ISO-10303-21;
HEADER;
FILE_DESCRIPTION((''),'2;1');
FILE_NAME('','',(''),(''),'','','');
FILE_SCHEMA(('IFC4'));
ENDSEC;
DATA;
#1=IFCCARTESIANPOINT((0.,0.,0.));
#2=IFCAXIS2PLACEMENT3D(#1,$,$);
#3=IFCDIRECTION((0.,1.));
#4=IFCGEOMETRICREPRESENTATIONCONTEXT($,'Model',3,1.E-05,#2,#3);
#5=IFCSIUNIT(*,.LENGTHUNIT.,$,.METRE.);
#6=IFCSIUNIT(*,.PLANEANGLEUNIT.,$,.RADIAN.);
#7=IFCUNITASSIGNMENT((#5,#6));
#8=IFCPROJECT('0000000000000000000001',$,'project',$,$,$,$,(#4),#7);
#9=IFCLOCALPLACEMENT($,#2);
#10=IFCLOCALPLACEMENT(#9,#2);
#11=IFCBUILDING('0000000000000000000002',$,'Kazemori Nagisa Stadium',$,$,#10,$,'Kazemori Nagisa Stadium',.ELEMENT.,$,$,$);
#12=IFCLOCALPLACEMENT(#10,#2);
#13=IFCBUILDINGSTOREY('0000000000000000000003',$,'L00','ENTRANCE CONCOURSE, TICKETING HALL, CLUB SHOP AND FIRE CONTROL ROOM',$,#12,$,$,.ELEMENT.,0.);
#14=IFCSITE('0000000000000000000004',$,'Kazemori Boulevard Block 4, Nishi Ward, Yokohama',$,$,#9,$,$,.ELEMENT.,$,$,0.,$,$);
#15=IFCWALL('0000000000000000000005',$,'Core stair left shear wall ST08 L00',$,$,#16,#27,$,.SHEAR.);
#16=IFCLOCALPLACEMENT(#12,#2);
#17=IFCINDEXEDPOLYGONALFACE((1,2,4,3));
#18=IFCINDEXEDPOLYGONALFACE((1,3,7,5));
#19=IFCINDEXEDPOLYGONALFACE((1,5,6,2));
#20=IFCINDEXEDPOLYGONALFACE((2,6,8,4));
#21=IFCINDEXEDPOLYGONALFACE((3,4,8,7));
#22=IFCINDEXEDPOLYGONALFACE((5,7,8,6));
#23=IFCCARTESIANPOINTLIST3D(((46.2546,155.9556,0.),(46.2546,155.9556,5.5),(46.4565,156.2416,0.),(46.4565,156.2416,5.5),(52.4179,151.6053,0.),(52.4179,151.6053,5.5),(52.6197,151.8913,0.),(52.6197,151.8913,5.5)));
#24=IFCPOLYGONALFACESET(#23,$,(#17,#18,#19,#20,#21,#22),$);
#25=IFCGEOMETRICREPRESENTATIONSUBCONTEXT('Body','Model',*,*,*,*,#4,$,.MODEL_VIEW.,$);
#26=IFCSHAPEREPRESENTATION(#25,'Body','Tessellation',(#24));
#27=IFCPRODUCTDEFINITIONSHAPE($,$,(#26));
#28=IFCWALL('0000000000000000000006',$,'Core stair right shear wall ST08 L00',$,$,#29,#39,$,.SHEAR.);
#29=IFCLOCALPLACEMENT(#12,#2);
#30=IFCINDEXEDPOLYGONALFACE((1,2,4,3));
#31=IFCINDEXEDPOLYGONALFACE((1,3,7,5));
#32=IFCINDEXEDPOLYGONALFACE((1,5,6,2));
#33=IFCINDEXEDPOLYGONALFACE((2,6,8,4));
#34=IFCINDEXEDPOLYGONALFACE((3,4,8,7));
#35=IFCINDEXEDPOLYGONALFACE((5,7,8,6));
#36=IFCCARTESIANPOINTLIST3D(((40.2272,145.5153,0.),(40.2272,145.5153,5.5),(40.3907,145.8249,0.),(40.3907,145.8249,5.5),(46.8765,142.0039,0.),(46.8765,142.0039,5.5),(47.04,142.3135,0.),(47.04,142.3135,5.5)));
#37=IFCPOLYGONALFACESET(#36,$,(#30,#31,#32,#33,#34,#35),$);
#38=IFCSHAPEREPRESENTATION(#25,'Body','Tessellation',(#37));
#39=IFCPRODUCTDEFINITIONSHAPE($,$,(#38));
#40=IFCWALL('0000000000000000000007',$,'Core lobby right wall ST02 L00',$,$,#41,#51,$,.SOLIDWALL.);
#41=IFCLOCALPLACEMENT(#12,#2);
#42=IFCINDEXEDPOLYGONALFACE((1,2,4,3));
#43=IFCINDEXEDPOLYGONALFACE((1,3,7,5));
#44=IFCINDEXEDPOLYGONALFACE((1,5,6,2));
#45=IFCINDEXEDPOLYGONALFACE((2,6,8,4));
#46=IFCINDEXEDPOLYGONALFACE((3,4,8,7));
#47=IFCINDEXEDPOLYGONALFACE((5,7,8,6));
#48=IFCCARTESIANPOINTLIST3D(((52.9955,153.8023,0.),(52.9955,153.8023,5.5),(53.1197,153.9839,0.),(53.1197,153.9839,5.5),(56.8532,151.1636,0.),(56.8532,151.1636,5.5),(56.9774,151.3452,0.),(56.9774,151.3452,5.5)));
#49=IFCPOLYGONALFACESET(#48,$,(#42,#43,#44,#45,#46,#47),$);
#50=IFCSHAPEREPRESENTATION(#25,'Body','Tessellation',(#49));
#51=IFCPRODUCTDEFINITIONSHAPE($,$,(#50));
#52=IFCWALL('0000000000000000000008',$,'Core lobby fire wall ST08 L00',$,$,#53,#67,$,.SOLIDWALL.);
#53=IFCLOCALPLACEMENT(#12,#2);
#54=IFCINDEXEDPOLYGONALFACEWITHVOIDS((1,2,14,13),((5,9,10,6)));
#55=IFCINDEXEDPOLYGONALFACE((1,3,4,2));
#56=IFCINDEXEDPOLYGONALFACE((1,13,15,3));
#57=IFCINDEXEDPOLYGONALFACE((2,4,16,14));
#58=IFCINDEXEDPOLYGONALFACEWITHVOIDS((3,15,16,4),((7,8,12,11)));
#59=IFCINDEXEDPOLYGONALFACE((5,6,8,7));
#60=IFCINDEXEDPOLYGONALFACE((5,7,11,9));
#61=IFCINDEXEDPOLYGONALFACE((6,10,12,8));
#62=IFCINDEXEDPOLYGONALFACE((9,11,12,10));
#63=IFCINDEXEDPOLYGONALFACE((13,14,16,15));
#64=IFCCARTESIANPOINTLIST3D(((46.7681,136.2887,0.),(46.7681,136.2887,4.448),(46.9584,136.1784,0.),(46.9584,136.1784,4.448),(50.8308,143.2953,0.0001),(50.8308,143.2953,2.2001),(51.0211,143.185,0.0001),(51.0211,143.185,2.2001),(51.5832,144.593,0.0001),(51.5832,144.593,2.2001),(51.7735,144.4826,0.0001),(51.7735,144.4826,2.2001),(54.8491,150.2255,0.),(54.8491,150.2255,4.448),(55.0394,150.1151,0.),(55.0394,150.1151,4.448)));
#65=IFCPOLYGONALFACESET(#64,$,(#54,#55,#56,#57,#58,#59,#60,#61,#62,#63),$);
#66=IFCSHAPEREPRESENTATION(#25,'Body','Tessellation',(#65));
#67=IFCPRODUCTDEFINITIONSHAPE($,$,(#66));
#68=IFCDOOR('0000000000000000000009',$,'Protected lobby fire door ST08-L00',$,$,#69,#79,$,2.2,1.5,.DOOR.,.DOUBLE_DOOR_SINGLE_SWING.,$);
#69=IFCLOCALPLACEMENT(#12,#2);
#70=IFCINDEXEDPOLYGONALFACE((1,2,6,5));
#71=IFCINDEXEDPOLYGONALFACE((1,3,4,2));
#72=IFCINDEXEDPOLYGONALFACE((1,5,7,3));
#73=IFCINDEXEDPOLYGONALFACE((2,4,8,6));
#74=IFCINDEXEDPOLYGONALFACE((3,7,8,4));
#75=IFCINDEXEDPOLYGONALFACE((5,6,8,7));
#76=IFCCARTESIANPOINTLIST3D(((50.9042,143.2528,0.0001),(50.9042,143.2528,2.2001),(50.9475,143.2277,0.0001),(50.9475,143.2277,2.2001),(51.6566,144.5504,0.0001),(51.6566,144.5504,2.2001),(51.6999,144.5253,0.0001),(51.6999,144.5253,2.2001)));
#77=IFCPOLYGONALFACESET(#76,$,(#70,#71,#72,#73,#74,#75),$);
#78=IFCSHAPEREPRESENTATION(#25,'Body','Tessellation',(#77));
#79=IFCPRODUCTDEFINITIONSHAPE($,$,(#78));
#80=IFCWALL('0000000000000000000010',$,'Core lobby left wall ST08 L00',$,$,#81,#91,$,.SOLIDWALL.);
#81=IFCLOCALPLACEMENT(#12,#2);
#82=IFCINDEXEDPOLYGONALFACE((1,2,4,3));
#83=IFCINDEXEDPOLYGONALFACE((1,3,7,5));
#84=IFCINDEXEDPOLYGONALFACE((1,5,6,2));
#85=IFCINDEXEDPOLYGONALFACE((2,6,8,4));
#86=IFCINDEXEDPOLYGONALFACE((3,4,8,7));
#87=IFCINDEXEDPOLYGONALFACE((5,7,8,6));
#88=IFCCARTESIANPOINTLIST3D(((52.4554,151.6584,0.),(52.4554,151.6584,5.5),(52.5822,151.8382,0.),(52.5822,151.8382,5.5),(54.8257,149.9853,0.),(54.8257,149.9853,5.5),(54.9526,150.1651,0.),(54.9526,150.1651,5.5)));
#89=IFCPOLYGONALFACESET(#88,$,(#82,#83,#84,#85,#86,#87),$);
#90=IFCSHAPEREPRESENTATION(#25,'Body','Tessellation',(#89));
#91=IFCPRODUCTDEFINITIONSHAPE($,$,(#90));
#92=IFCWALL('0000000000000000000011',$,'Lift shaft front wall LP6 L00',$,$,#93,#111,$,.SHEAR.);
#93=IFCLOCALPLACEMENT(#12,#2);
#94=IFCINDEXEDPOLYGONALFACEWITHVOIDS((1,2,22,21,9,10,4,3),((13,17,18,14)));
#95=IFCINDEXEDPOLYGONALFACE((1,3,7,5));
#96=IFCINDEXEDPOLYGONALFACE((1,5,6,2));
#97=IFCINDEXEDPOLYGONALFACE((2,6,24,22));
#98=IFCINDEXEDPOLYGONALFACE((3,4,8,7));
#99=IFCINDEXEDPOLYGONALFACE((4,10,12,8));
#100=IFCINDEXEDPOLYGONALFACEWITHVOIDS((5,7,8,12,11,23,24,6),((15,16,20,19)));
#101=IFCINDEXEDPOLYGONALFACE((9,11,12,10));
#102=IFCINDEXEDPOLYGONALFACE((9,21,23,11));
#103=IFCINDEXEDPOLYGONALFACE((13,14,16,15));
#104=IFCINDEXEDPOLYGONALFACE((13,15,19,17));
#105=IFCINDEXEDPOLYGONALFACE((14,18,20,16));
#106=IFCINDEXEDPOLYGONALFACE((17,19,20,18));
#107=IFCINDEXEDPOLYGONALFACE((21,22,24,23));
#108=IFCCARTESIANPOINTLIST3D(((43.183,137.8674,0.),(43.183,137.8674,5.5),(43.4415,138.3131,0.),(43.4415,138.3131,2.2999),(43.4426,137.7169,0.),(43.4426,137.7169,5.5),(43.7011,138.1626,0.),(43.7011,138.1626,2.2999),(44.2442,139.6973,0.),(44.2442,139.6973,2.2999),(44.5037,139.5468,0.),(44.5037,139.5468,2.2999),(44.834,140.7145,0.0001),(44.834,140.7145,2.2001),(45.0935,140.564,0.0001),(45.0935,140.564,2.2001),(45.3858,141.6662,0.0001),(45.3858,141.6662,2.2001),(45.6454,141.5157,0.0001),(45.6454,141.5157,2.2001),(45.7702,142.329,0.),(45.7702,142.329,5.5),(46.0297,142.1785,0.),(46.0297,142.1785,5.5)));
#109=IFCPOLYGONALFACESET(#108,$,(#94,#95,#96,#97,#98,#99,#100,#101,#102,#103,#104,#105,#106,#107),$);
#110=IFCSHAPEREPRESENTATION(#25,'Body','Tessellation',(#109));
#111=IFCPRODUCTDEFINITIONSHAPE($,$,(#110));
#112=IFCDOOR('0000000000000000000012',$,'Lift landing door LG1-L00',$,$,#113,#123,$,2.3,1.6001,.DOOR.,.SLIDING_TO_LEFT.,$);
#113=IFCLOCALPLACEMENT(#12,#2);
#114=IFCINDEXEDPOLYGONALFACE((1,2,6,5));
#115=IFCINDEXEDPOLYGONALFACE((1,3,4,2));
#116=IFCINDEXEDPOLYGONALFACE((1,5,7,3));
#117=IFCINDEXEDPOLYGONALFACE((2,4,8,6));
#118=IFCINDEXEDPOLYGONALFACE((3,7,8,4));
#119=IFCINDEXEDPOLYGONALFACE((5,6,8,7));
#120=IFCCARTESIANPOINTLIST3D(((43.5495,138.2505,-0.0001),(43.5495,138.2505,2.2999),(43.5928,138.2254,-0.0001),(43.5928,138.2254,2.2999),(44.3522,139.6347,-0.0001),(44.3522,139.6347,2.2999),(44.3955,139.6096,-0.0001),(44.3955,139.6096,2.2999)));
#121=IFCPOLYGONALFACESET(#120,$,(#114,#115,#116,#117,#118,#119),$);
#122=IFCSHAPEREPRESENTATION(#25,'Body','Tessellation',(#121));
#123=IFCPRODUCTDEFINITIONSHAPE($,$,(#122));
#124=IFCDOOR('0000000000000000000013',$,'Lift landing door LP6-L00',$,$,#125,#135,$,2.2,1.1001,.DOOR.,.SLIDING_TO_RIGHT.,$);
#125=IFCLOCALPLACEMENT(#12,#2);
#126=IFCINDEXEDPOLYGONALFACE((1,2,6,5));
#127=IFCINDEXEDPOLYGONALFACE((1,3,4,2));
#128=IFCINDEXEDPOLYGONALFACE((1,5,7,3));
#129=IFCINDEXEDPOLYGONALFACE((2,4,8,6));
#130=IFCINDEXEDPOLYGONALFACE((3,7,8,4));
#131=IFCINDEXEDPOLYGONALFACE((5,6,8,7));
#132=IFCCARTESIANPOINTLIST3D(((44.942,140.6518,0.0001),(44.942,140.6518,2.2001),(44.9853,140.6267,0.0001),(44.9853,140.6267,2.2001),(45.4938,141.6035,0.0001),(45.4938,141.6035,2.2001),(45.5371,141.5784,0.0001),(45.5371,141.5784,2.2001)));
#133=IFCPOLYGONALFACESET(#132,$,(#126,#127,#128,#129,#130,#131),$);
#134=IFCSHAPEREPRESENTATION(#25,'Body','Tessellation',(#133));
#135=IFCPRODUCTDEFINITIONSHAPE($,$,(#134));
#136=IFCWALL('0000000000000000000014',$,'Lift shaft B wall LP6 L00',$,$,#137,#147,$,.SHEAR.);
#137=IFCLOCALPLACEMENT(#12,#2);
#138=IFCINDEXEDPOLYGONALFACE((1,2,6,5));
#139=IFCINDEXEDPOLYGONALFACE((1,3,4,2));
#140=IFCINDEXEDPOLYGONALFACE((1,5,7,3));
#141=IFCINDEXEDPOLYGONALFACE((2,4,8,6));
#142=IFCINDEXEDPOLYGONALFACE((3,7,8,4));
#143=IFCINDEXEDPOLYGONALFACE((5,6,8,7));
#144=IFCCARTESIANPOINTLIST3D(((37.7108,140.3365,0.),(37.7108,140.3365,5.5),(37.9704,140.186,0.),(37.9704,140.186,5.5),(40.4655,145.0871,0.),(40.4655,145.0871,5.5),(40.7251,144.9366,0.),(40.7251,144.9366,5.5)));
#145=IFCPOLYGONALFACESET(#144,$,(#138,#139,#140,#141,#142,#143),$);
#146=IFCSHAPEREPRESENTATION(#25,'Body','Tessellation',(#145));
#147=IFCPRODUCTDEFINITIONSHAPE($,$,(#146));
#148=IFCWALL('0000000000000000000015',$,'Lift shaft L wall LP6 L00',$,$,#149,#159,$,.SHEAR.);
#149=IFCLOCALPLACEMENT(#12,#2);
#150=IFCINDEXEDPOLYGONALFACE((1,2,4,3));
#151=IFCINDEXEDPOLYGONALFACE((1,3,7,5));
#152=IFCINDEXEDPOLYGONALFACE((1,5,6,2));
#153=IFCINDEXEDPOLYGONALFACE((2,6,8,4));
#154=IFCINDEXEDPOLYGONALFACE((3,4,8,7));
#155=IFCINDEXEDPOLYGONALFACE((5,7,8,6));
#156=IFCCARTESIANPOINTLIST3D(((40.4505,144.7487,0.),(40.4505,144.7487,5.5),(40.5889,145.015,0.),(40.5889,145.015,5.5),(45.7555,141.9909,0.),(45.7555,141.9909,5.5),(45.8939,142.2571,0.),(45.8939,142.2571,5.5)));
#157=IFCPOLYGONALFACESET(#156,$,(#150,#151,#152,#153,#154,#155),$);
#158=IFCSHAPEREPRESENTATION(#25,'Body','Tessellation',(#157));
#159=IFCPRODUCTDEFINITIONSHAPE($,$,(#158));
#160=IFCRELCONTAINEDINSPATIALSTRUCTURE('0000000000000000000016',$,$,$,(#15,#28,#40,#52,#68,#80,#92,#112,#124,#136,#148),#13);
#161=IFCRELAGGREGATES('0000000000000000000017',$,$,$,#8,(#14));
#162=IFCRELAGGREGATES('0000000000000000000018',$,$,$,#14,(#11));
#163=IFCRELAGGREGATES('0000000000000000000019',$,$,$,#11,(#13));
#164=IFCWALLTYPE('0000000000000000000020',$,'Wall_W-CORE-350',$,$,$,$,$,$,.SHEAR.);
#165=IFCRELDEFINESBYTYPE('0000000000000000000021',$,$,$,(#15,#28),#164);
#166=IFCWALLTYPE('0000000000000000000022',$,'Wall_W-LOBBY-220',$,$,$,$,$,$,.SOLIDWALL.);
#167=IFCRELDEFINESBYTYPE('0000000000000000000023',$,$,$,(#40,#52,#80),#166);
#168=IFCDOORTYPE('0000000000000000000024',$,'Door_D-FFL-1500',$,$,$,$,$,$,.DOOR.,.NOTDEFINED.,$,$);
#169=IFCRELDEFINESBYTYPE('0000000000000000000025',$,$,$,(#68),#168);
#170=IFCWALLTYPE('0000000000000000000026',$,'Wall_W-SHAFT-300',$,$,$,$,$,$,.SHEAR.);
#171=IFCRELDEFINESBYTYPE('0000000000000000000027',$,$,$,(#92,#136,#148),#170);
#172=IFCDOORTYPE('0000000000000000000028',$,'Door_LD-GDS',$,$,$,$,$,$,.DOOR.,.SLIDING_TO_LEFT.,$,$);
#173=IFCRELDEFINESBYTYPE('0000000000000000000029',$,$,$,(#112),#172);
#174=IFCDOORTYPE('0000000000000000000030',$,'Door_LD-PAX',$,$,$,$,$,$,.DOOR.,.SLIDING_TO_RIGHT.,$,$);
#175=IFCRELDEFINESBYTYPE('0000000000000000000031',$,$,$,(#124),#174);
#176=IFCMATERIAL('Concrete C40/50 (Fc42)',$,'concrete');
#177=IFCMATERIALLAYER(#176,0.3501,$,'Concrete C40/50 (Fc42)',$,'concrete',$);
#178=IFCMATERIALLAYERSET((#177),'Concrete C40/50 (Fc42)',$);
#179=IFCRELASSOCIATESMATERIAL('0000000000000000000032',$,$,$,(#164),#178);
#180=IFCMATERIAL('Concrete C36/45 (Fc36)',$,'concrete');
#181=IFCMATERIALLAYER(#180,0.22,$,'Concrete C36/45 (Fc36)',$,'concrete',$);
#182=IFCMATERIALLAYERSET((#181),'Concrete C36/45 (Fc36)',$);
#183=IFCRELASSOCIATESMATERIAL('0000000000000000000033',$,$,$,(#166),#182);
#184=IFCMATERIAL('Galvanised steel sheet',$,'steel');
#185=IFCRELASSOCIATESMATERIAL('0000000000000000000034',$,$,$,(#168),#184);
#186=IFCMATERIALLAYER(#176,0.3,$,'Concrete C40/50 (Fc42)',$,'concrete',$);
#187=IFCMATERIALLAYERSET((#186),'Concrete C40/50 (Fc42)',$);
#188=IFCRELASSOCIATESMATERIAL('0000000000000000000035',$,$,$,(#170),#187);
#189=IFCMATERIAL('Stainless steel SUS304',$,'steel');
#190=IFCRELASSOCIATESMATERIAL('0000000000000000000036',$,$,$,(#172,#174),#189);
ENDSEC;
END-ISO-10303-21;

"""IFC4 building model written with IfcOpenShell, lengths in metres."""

from ifc_helpers import new_model, si_unit, direction, frame, frame_2d, origin, place, context, subcontext, project, spatial, rectangle, extrude, material, layer, layer_set, type_object, element, fill, save


model = new_model("IFC4")

# Units and contexts
model_context = context("Model", 3, precision=1e-05, world=origin(), true_north=direction((0.0, 1.0)))
body_context = subcontext(model_context, "Body", "Model", "MODEL_VIEW")
ifc_project = project(units=[si_unit("LENGTHUNIT", "METRE"), si_unit("PLANEANGLEUNIT", "RADIAN")], contexts=[model_context])

# Site, building, storey
site_placement = place(None, origin())
site = spatial("IfcSite", under=ifc_project, at=site_placement, Name="Kazemori Boulevard Block 4, Nishi Ward, Yokohama", CompositionType="ELEMENT", RefElevation=0.0)
building_placement = place(site_placement, origin())
building = spatial("IfcBuilding", under=site, at=building_placement, Name="Kazemori Nagisa Stadium", LongName="Kazemori Nagisa Stadium", CompositionType="ELEMENT")
storey_placement = place(building_placement, origin())
storey = spatial("IfcBuildingStorey", under=building, at=storey_placement, Name="L00", Description="ENTRANCE CONCOURSE, TICKETING HALL, CLUB SHOP AND FIRE CONTROL ROOM", CompositionType="ELEMENT", Elevation=0.0)

# Shared definitions
ifc_material_1 = material(Name="Concrete C40/50 (Fc42)", Category="concrete")

# Shared definitions
ifc_layer_1 = layer(ifc_material_1, 0.3501, Name="Concrete C40/50 (Fc42)", Category="concrete")
ifc_layer_set_1 = layer_set([ifc_layer_1], Name="Concrete C40/50 (Fc42)")
wall_type_1 = type_object("IfcWallType", Name="Wall_W-CORE-350", PredefinedType="SHEAR", material=ifc_layer_set_1)
ifc_material_2 = material(Name="Galvanised steel sheet", Category="steel")

# Walls
wall_1_placement = place(storey_placement, frame((52.5188, 151.7483, 0.0), z_axis=(0.0, 0.0, 1.0), x_axis=(-0.816983, 0.576662, 0.0)))
element("IfcWall", 1, at=wall_1_placement, inside=storey, type_object=wall_type_1, Name="Core stair left shear wall ST08 L00", PredefinedType="SHEAR", context=body_context, shape_type="SweptSolid", body=[
    extrude(rectangle(XDim=7.5439, YDim=0.3501, at=frame_2d((3.772, 0.0))), origin(), (0.0, 0.0, 1.0), 5.5),
])
wall_2_placement = place(storey_placement, frame((46.9583, 142.1587, 0.0), z_axis=(0.0, 0.0, 1.0), x_axis=(-0.884272, 0.466973, 0.0)))
element("IfcWall", 2, at=wall_2_placement, inside=storey, type_object=wall_type_1, Name="Core stair right shear wall ST08 L00", PredefinedType="SHEAR", context=body_context, shape_type="SweptSolid", body=[
    extrude(rectangle(XDim=7.5195, YDim=0.3501, at=frame_2d((3.7598, 0.0))), origin(), (0.0, 0.0, 1.0), 5.5),
])
ifc_material_3 = material(Name="Concrete C36/45 (Fc36)", Category="concrete")
ifc_layer_2 = layer(ifc_material_3, 0.22, Name="Concrete C36/45 (Fc36)", Category="concrete")
ifc_layer_set_2 = layer_set([ifc_layer_2], Name="Concrete C36/45 (Fc36)")
wall_type_2 = type_object("IfcWallType", Name="Wall_W-LOBBY-220", PredefinedType="SOLIDWALL", material=ifc_layer_set_2)
wall_3_placement = place(storey_placement, frame((56.9153, 151.2544, 0.0), z_axis=(0.0, 0.0, 1.0), x_axis=(-0.825385, 0.56457, 0.0)))
element("IfcWall", 3, at=wall_3_placement, inside=storey, type_object=wall_type_2, Name="Core lobby right wall ST02 L00", PredefinedType="SOLIDWALL", context=body_context, shape_type="SweptSolid", body=[
    extrude(rectangle(XDim=4.6738, YDim=0.22, at=frame_2d((2.3369, 0.0))), origin(), (0.0, 0.0, 1.0), 5.5),
])

# Wall, opening, door
wall_4_placement = place(storey_placement, frame((54.9443, 150.1704, 0.0), z_axis=(0.0, 0.0, 1.0), x_axis=(-0.501613, -0.865092, 0.0)))
wall_4 = element("IfcWall", 4, at=wall_4_placement, inside=storey, type_object=wall_type_2, Name="Core lobby fire wall ST08 L00", PredefinedType="SOLIDWALL", context=body_context, shape_type="SweptSolid", body=[
    extrude(rectangle(XDim=16.1101, YDim=0.22, at=frame_2d((8.0552, 0.0))), origin(), (0.0, 0.0, 1.0), 4.448),
])
opening_1_placement = place(wall_4_placement, frame((6.511, 0.0, 0.0)))
opening_1 = element("IfcOpeningElement", 5, at=opening_1_placement, cuts=wall_4, PredefinedType="OPENING", context=body_context, shape_type="SweptSolid", body=[
    extrude(rectangle(XDim=1.5, YDim=2.2, at=frame_2d((0.75, 1.1001))), frame((0.0, 0.1199, 0.0), z_axis=(0.0, -1.0, 0.0), x_axis=(1.0, 0.0, 0.0)), (0.0, 0.0, 1.0), 0.24),
])
door_type_1 = type_object("IfcDoorType", Name="Door_D-FFL-1500", OperationType="NOTDEFINED", PredefinedType="DOOR", material=ifc_material_2)
door_1_placement = place(opening_1_placement, origin())
door_1 = element("IfcDoor", 6, at=door_1_placement, inside=storey, type_object=door_type_1, Name="Protected lobby fire door ST08-L00", OperationType="DOUBLE_DOOR_SINGLE_SWING", OverallHeight=2.2, OverallWidth=1.5, PredefinedType="DOOR", context=body_context, shape_type="SweptSolid", body=[
    extrude(rectangle(XDim=1.5, YDim=2.2, at=frame_2d((0.75, 1.1001))), frame((0.0, 0.0249, 0.0), z_axis=(0.0, -1.0, 0.0), x_axis=(1.0, 0.0, 0.0)), (0.0, 0.0, 1.0), 0.05),
])
fill(opening_1, door_1)

# Wall
wall_5_placement = place(storey_placement, frame((54.8892, 150.0752, 0.0), z_axis=(0.0, 0.0, 1.0), x_axis=(-0.816984, 0.57666, 0.0)))
element("IfcWall", 7, at=wall_5_placement, inside=storey, type_object=wall_type_2, Name="Core lobby left wall ST08 L00", PredefinedType="SOLIDWALL", context=body_context, shape_type="SweptSolid", body=[
    extrude(rectangle(XDim=2.9014, YDim=0.22, at=frame_2d((1.4507, 0.0))), origin(), (0.0, 0.0, 1.0), 5.5),
])

# Wall, openings, doors
ifc_layer_3 = layer(ifc_material_1, 0.3, Name="Concrete C40/50 (Fc42)", Category="concrete")
ifc_layer_set_3 = layer_set([ifc_layer_3], Name="Concrete C40/50 (Fc42)")
wall_type_3 = type_object("IfcWallType", Name="Wall_W-SHAFT-300", PredefinedType="SHEAR", material=ifc_layer_set_3)
wall_6_placement = place(storey_placement, frame((45.8999, 142.2537, 0.0), z_axis=(0.0, 0.0, 1.0), x_axis=(-0.50163, -0.865083, 0.0)))
wall_6 = element("IfcWall", 8, at=wall_6_placement, inside=storey, type_object=wall_type_3, Name="Lift shaft front wall LP6 L00", PredefinedType="SHEAR", context=body_context, shape_type="SweptSolid", body=[
    extrude(rectangle(XDim=5.1575, YDim=0.3, at=frame_2d((2.5786, 0.0))), origin(), (0.0, 0.0, 1.0), 5.5),
])
opening_2_placement = place(wall_6_placement, frame((0.7661, 0.0, 0.0)))
opening_2 = element("IfcOpeningElement", 9, at=opening_2_placement, cuts=wall_6, PredefinedType="OPENING", context=body_context, shape_type="SweptSolid", body=[
    extrude(rectangle(XDim=1.1001, YDim=2.2, at=frame_2d((0.55, 1.1001))), frame((0.0, 0.1599, 0.0), z_axis=(0.0, -1.0, 0.0), x_axis=(1.0, 0.0, 0.0)), (0.0, 0.0, 1.0), 0.3201),
])
opening_3_placement = place(wall_6_placement, frame((3.042, 0.0, 0.0)))
opening_3 = element("IfcOpeningElement", 10, at=opening_3_placement, cuts=wall_6, PredefinedType="OPENING", context=body_context, shape_type="SweptSolid", body=[
    extrude(rectangle(XDim=1.6001, YDim=2.3, at=frame_2d((0.8, 1.1499))), frame((0.0, 0.1599, 0.0), z_axis=(0.0, -1.0, 0.0), x_axis=(1.0, 0.0, 0.0)), (0.0, 0.0, 1.0), 0.3201),
])
ifc_material_4 = material(Name="Stainless steel SUS304", Category="steel")
door_type_2 = type_object("IfcDoorType", Name="Door_LD-GDS", OperationType="SLIDING_TO_LEFT", PredefinedType="DOOR", material=ifc_material_4)
door_2_placement = place(opening_3_placement, origin())
door_2 = element("IfcDoor", 11, at=door_2_placement, inside=storey, type_object=door_type_2, Name="Lift landing door LG1-L00", OperationType="SLIDING_TO_LEFT", OverallHeight=2.3, OverallWidth=1.6001, PredefinedType="DOOR", context=body_context, shape_type="SweptSolid", body=[
    extrude(rectangle(XDim=1.6001, YDim=2.3, at=frame_2d((0.8, 1.1499))), frame((0.0, 0.0249, 0.0), z_axis=(0.0, -1.0, 0.0), x_axis=(1.0, 0.0, 0.0)), (0.0, 0.0, 1.0), 0.05),
])
fill(opening_3, door_2)
door_type_3 = type_object("IfcDoorType", Name="Door_LD-PAX", OperationType="SLIDING_TO_RIGHT", PredefinedType="DOOR", material=ifc_material_4)
door_3_placement = place(opening_2_placement, origin())
door_3 = element("IfcDoor", 12, at=door_3_placement, inside=storey, type_object=door_type_3, Name="Lift landing door LP6-L00", OperationType="SLIDING_TO_RIGHT", OverallHeight=2.2, OverallWidth=1.1001, PredefinedType="DOOR", context=body_context, shape_type="SweptSolid", body=[
    extrude(rectangle(XDim=1.1001, YDim=2.2, at=frame_2d((0.55, 1.1001))), frame((0.0, 0.0249, 0.0), z_axis=(0.0, -1.0, 0.0), x_axis=(1.0, 0.0, 0.0)), (0.0, 0.0, 1.0), 0.05),
])
fill(opening_2, door_3)

# Walls
wall_7_placement = place(storey_placement, frame((40.5952, 145.0117, 0.0), z_axis=(0.0, 0.0, 1.0), x_axis=(-0.50163, -0.865082, 0.0)))
element("IfcWall", 13, at=wall_7_placement, inside=storey, type_object=wall_type_3, Name="Lift shaft B wall LP6 L00", PredefinedType="SHEAR", context=body_context, shape_type="SweptSolid", body=[
    extrude(rectangle(XDim=5.4915, YDim=0.3, at=frame_2d((2.7456, 0.0))), origin(), (0.0, 0.0, 1.0), 5.5),
])
wall_8_placement = place(storey_placement, frame((45.8247, 142.124, 0.0), z_axis=(0.0, 0.0, 1.0), x_axis=(-0.887268, 0.461254, 0.0)))
element("IfcWall", 14, at=wall_8_placement, inside=storey, type_object=wall_type_3, Name="Lift shaft L wall LP6 L00", PredefinedType="SHEAR", context=body_context, shape_type="SweptSolid", body=[
    extrude(rectangle(XDim=5.979, YDim=0.3, at=frame_2d((2.9895, 0.0))), origin(), (0.0, 0.0, 1.0), 5.5),
])

save(model, "model.ifc")
